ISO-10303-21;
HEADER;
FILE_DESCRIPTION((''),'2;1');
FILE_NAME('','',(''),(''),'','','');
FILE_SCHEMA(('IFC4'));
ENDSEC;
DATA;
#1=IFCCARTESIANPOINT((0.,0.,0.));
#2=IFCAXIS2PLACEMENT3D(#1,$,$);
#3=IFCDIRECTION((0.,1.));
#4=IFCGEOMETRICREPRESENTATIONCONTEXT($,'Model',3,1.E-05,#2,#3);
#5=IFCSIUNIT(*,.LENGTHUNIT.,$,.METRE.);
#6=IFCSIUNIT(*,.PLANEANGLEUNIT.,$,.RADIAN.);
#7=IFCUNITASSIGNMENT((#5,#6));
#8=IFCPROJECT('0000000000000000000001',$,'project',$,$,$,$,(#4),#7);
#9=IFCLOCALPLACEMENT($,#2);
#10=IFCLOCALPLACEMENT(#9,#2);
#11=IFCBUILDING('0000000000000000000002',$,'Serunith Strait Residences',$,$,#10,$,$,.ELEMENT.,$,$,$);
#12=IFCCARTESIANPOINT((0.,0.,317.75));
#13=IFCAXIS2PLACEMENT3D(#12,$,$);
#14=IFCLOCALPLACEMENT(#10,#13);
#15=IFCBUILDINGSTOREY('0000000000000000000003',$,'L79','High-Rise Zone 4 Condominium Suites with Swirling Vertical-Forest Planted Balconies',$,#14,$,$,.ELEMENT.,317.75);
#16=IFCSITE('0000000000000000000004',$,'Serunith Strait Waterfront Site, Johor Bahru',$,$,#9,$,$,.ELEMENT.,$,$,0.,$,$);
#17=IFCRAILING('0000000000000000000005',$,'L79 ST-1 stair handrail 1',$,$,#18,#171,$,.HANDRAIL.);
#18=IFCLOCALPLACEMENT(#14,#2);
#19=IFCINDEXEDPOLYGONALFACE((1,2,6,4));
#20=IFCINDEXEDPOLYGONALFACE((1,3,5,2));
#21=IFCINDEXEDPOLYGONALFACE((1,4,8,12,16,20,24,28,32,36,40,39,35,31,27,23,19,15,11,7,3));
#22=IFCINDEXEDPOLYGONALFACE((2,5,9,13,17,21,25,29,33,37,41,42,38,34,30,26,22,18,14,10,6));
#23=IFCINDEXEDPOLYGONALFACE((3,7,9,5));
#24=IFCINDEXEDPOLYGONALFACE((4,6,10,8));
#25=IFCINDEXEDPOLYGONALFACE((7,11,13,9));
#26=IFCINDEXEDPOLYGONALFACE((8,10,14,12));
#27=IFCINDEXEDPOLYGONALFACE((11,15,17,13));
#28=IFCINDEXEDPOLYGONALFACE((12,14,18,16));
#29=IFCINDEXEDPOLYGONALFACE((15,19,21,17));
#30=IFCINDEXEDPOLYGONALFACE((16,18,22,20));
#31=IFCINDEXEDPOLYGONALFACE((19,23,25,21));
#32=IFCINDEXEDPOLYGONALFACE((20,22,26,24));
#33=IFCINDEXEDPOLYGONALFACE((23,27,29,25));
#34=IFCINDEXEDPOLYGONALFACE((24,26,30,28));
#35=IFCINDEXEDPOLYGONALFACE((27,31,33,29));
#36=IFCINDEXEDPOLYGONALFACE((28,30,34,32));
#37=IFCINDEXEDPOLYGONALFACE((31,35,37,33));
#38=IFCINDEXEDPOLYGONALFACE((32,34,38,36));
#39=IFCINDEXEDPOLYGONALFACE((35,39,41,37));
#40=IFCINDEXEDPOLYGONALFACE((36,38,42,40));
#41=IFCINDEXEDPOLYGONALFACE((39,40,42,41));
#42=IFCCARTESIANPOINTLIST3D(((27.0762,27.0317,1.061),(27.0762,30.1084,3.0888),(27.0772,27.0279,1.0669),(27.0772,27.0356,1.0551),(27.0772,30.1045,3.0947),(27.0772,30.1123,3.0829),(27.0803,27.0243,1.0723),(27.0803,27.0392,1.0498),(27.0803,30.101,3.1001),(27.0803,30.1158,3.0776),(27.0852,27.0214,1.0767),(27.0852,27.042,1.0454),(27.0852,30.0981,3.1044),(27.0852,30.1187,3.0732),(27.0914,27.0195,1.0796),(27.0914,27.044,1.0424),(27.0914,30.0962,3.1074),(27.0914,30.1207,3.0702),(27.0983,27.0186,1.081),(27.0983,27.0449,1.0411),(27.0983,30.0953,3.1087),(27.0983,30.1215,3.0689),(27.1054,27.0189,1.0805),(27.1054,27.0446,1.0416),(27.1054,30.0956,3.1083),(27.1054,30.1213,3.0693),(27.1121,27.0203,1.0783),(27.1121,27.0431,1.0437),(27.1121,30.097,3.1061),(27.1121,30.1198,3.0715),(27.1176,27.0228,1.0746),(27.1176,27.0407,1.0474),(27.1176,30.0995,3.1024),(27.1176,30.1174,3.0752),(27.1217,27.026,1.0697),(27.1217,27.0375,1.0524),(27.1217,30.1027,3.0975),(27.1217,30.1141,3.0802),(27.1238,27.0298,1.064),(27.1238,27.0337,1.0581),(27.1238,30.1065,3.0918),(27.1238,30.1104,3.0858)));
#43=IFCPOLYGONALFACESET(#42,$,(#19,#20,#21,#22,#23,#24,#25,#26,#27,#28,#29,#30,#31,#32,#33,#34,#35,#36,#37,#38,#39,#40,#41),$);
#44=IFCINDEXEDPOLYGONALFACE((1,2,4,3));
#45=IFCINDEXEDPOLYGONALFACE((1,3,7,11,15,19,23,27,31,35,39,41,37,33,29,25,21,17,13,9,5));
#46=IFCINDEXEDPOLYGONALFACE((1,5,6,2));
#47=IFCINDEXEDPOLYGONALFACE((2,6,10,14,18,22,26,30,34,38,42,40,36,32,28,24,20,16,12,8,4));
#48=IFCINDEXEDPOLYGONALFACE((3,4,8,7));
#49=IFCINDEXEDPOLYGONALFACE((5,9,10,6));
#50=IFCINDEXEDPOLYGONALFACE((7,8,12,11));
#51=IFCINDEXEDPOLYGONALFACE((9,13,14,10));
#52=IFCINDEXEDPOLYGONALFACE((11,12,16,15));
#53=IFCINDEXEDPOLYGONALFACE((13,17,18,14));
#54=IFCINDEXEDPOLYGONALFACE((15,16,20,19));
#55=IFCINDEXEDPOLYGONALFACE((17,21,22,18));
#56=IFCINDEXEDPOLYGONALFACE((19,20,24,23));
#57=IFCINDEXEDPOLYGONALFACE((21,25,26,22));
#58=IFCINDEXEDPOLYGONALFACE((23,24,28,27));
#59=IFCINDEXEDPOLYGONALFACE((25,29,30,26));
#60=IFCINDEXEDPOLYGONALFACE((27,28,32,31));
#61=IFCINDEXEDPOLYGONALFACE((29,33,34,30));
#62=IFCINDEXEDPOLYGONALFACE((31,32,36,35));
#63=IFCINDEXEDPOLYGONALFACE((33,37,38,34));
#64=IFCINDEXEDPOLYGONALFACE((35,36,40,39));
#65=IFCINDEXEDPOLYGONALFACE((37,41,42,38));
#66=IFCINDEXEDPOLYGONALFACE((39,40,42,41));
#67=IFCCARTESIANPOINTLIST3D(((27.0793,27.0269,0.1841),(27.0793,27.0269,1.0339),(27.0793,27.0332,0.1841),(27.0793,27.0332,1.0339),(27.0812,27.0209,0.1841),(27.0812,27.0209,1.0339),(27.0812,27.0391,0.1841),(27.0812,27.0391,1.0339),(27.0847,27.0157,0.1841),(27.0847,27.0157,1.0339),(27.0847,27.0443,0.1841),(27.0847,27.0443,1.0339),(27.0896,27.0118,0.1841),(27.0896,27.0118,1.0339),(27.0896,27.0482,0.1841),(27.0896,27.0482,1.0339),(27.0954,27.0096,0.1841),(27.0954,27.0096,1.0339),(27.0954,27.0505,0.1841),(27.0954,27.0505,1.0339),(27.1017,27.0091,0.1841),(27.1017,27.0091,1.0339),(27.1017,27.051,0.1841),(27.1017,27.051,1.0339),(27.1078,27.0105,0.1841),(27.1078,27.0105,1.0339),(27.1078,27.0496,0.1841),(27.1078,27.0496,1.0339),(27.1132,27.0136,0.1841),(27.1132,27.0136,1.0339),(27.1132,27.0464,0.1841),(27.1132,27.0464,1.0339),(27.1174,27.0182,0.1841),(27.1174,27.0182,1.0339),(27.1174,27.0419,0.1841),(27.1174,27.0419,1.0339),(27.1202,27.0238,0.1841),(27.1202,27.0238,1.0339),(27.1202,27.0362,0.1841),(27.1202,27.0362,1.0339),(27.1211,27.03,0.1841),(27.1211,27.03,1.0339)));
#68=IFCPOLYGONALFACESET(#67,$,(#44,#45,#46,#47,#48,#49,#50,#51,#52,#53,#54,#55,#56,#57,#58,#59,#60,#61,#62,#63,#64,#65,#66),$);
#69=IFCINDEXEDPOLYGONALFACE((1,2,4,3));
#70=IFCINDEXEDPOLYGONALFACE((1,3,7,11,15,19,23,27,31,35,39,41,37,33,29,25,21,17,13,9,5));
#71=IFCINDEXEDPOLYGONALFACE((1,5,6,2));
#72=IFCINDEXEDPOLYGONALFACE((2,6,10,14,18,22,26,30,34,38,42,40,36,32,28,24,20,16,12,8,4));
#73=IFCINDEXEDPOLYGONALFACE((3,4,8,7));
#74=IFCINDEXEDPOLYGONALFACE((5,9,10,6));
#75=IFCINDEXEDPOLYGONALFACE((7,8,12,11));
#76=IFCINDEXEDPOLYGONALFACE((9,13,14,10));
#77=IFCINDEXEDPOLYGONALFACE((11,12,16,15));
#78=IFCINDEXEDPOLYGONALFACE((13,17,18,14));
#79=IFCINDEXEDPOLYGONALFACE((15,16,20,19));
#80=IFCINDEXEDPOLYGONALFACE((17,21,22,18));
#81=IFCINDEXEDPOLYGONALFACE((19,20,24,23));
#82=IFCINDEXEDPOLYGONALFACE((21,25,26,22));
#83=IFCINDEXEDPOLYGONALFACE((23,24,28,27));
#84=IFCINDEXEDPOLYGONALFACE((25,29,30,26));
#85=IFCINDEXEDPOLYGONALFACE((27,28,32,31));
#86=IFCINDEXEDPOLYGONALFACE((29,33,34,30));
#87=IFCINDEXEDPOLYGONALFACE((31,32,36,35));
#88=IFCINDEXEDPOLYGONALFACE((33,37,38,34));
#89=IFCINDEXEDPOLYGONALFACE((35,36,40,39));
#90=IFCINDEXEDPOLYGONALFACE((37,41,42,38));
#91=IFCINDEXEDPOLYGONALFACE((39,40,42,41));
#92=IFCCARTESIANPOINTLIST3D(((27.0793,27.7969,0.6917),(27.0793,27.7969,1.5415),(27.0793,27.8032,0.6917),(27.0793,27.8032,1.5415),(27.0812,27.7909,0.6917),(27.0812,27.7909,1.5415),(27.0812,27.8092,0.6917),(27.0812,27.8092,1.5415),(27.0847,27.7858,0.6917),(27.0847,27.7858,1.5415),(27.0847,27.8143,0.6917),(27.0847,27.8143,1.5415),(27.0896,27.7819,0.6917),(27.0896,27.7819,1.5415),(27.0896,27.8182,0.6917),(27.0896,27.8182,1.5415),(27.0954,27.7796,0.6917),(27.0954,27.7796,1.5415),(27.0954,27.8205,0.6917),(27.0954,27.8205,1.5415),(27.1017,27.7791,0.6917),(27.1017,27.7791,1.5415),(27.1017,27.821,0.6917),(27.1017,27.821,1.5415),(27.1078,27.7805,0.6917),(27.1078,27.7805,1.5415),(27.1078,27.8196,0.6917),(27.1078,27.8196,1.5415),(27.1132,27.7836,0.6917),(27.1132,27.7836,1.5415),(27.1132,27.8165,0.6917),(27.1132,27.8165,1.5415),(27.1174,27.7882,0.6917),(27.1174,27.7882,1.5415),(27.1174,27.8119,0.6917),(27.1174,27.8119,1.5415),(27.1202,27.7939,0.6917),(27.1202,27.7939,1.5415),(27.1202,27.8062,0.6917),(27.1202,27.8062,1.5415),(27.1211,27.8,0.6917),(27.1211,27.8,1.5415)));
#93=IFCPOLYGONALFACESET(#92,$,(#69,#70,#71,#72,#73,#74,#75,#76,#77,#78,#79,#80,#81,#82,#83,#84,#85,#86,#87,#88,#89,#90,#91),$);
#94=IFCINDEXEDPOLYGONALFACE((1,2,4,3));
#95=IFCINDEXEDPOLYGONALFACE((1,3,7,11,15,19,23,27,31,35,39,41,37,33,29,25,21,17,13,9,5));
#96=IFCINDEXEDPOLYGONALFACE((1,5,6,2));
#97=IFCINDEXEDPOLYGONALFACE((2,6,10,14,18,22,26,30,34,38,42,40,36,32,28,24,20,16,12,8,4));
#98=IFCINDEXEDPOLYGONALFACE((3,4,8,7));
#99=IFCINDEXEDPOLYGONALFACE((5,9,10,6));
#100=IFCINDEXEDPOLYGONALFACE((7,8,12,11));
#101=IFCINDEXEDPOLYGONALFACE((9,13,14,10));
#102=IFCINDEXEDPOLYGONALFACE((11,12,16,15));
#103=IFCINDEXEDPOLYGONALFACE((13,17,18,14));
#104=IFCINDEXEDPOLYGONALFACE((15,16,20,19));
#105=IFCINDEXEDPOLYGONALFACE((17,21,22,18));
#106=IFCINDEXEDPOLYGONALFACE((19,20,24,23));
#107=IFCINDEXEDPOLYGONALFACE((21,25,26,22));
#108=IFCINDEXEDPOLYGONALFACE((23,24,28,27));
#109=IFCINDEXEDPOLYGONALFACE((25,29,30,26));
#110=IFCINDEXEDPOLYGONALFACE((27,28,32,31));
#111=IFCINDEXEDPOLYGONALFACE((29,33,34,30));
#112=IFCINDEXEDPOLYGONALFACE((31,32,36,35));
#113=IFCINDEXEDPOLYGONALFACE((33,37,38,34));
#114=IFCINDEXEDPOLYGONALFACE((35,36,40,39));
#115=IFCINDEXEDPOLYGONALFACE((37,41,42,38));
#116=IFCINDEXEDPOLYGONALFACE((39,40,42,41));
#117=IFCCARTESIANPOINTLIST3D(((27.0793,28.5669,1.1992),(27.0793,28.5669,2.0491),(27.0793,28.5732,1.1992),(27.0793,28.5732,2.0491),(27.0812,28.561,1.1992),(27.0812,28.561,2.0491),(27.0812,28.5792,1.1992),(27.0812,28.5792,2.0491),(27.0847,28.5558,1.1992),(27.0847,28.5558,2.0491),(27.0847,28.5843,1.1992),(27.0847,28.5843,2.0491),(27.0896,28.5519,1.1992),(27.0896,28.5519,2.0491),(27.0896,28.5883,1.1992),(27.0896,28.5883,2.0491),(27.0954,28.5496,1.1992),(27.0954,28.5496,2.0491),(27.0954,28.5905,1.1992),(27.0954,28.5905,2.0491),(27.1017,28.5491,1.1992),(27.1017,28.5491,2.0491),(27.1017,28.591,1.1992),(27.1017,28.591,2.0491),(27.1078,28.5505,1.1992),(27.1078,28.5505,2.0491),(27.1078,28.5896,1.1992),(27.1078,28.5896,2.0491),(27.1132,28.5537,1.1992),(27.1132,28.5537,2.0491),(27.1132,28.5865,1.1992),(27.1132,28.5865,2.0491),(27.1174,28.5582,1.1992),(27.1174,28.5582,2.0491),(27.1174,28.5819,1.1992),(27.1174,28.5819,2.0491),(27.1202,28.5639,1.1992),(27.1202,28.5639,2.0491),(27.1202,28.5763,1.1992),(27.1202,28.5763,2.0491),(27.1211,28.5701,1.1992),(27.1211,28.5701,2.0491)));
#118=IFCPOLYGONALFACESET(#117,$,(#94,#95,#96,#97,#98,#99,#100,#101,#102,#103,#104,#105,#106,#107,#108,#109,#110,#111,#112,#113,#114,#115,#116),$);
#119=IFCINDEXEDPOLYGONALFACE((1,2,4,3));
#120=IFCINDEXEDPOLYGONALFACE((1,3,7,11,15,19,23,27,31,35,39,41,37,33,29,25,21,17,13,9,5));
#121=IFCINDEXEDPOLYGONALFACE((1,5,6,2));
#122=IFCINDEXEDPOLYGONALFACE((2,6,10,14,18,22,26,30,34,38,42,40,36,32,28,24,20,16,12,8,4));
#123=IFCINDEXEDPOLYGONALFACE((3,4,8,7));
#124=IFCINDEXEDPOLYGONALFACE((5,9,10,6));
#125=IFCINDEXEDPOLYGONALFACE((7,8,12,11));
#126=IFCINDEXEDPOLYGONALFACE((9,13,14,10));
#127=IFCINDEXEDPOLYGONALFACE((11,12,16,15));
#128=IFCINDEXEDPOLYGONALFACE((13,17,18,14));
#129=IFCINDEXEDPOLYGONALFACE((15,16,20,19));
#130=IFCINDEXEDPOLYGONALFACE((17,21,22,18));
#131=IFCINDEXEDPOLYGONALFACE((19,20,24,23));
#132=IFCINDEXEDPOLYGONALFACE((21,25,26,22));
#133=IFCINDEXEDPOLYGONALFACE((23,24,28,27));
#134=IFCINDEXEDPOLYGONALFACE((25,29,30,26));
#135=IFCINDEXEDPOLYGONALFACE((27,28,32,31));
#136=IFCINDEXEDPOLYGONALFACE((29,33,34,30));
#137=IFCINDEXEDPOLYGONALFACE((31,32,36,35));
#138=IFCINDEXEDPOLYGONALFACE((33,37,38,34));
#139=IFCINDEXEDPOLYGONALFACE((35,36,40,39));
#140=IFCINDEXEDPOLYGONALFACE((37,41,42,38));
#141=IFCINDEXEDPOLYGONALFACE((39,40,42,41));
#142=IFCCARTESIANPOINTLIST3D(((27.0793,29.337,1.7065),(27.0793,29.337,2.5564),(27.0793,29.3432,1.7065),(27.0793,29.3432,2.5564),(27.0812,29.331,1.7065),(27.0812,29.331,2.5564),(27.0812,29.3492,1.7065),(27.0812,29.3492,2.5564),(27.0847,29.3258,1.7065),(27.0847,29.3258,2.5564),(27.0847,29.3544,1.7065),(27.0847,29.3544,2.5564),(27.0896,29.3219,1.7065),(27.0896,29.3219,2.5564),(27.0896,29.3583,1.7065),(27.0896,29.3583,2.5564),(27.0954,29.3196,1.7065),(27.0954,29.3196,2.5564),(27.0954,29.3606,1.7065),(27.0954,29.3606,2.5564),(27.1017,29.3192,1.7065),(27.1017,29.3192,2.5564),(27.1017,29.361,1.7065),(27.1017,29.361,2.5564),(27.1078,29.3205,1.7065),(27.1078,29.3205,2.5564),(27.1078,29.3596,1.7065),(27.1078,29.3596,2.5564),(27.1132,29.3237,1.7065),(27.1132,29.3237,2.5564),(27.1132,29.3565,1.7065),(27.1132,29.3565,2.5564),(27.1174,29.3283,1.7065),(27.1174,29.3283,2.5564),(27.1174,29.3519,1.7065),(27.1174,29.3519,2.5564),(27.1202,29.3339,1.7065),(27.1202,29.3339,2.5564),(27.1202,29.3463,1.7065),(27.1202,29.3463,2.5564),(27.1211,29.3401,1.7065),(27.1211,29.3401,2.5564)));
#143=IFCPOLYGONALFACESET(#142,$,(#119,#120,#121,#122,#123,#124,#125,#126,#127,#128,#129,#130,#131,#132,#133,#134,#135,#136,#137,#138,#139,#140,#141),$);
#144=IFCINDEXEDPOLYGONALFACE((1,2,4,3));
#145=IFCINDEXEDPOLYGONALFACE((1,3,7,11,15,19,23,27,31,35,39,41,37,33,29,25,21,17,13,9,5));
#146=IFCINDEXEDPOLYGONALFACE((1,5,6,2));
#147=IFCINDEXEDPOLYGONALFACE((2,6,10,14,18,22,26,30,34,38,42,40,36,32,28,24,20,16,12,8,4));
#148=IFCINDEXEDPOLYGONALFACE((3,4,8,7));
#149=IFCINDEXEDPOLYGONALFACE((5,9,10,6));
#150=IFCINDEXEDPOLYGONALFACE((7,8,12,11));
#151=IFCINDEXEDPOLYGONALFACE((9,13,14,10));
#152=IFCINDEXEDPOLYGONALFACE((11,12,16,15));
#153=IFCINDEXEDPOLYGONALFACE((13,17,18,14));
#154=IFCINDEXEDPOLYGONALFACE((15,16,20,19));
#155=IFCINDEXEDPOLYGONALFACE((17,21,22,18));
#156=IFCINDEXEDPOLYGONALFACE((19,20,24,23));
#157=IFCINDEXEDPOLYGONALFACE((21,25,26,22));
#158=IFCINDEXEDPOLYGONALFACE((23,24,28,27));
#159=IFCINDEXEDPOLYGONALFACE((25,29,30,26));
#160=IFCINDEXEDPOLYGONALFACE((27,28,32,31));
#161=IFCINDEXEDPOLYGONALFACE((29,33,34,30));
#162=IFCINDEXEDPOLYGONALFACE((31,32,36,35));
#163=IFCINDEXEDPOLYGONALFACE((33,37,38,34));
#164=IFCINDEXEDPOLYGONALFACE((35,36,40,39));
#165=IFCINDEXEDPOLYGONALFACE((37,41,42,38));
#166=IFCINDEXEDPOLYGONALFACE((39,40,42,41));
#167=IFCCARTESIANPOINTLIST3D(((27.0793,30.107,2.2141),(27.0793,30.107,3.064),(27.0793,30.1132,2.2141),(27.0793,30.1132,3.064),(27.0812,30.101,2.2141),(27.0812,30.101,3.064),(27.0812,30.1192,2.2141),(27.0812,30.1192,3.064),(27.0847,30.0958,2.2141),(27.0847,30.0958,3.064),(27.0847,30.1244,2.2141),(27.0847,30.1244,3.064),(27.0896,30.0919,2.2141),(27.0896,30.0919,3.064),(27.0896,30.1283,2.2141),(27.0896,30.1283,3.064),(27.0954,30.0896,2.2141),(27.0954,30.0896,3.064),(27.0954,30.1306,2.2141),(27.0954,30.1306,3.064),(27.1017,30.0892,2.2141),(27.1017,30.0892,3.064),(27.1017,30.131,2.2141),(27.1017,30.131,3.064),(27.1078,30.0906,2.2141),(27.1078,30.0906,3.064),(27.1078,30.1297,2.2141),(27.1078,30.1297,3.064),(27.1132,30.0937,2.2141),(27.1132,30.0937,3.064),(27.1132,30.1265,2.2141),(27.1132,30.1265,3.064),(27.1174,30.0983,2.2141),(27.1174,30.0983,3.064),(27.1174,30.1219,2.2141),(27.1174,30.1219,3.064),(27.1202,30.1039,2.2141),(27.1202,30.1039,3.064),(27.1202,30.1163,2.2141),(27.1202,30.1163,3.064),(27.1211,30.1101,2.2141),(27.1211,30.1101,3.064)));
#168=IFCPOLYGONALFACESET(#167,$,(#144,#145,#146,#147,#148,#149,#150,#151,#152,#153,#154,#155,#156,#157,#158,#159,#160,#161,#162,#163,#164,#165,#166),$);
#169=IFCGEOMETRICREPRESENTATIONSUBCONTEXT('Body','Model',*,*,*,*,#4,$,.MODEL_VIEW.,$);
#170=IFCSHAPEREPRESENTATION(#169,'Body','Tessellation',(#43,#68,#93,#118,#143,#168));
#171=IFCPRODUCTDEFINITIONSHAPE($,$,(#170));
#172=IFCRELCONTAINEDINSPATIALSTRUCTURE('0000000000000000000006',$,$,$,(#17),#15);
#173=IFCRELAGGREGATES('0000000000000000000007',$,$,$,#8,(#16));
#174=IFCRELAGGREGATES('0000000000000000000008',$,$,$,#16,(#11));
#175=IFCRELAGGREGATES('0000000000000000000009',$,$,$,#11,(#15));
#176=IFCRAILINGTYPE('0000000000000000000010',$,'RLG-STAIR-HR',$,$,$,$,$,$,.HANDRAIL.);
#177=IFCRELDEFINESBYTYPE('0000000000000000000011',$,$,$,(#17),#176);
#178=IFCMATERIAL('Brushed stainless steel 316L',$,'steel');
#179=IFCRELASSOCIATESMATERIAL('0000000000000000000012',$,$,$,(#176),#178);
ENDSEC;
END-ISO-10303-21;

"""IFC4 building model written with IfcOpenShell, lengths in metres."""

from ifc_helpers import new_model, si_unit, direction, frame, origin, origin_2d, place, context, subcontext, project, spatial, circle, extrude, material, type_object, element, save


model = new_model("IFC4")

# Units and contexts
model_context = context("Model", 3, precision=1e-05, world=origin(), true_north=direction((0.0, 1.0)))
body_context = subcontext(model_context, "Body", "Model", "MODEL_VIEW")
ifc_project = project(units=[si_unit("LENGTHUNIT", "METRE"), si_unit("PLANEANGLEUNIT", "RADIAN")], contexts=[model_context])

# Site, building, storey
site_placement = place(None, origin())
site = spatial("IfcSite", under=ifc_project, at=site_placement, Name="Serunith Strait Waterfront Site, Johor Bahru", CompositionType="ELEMENT", RefElevation=0.0)
building_placement = place(site_placement, origin())
building = spatial("IfcBuilding", under=site, at=building_placement, Name="Serunith Strait Residences", CompositionType="ELEMENT")
storey_placement = place(building_placement, frame((0.0, 0.0, 317.75)))
storey = spatial("IfcBuildingStorey", under=building, at=storey_placement, Name="L79", Description="High-Rise Zone 4 Condominium Suites with Swirling Vertical-Forest Planted Balconies", CompositionType="ELEMENT", Elevation=317.75)

# Railing
ifc_material_1 = material(Name="Brushed stainless steel 316L", Category="steel")
railing_type_1 = type_object("IfcRailingType", Name="RLG-STAIR-HR", PredefinedType="HANDRAIL", material=ifc_material_1)
railing_1_placement = place(storey_placement, frame((27.1001, 27.03, 0.1841)))
element("IfcRailing", 1, at=railing_1_placement, inside=storey, type_object=railing_type_1, Name="L79 ST-1 stair handrail 1", PredefinedType="HANDRAIL", context=body_context, shape_type="SweptSolid", body=[
    extrude(circle(Radius=0.0239, at=origin_2d()), frame((0.0, 0.0017, 0.877), z_axis=(0.0, 0.834961, 0.550309), x_axis=(-1.0, 0.0, 0.0)), (0.0, 0.0, 1.0), 3.6848),
    extrude(circle(Radius=0.021, at=origin_2d()), origin(), (0.0, 0.0, 1.0), 0.8499),
    extrude(circle(Radius=0.021, at=origin_2d()), frame((0.0, 0.77, 0.5076)), (0.0, 0.0, 1.0), 0.8499),
    extrude(circle(Radius=0.021, at=origin_2d()), frame((0.0, 1.54, 1.0151)), (0.0, 0.0, 1.0), 0.8499),
    extrude(circle(Radius=0.021, at=origin_2d()), frame((0.0, 2.3101, 1.5225)), (0.0, 0.0, 1.0), 0.8499),
    extrude(circle(Radius=0.021, at=origin_2d()), frame((0.0, 3.0801, 2.03)), (0.0, 0.0, 1.0), 0.8499),
])

save(model, "model.ifc")
